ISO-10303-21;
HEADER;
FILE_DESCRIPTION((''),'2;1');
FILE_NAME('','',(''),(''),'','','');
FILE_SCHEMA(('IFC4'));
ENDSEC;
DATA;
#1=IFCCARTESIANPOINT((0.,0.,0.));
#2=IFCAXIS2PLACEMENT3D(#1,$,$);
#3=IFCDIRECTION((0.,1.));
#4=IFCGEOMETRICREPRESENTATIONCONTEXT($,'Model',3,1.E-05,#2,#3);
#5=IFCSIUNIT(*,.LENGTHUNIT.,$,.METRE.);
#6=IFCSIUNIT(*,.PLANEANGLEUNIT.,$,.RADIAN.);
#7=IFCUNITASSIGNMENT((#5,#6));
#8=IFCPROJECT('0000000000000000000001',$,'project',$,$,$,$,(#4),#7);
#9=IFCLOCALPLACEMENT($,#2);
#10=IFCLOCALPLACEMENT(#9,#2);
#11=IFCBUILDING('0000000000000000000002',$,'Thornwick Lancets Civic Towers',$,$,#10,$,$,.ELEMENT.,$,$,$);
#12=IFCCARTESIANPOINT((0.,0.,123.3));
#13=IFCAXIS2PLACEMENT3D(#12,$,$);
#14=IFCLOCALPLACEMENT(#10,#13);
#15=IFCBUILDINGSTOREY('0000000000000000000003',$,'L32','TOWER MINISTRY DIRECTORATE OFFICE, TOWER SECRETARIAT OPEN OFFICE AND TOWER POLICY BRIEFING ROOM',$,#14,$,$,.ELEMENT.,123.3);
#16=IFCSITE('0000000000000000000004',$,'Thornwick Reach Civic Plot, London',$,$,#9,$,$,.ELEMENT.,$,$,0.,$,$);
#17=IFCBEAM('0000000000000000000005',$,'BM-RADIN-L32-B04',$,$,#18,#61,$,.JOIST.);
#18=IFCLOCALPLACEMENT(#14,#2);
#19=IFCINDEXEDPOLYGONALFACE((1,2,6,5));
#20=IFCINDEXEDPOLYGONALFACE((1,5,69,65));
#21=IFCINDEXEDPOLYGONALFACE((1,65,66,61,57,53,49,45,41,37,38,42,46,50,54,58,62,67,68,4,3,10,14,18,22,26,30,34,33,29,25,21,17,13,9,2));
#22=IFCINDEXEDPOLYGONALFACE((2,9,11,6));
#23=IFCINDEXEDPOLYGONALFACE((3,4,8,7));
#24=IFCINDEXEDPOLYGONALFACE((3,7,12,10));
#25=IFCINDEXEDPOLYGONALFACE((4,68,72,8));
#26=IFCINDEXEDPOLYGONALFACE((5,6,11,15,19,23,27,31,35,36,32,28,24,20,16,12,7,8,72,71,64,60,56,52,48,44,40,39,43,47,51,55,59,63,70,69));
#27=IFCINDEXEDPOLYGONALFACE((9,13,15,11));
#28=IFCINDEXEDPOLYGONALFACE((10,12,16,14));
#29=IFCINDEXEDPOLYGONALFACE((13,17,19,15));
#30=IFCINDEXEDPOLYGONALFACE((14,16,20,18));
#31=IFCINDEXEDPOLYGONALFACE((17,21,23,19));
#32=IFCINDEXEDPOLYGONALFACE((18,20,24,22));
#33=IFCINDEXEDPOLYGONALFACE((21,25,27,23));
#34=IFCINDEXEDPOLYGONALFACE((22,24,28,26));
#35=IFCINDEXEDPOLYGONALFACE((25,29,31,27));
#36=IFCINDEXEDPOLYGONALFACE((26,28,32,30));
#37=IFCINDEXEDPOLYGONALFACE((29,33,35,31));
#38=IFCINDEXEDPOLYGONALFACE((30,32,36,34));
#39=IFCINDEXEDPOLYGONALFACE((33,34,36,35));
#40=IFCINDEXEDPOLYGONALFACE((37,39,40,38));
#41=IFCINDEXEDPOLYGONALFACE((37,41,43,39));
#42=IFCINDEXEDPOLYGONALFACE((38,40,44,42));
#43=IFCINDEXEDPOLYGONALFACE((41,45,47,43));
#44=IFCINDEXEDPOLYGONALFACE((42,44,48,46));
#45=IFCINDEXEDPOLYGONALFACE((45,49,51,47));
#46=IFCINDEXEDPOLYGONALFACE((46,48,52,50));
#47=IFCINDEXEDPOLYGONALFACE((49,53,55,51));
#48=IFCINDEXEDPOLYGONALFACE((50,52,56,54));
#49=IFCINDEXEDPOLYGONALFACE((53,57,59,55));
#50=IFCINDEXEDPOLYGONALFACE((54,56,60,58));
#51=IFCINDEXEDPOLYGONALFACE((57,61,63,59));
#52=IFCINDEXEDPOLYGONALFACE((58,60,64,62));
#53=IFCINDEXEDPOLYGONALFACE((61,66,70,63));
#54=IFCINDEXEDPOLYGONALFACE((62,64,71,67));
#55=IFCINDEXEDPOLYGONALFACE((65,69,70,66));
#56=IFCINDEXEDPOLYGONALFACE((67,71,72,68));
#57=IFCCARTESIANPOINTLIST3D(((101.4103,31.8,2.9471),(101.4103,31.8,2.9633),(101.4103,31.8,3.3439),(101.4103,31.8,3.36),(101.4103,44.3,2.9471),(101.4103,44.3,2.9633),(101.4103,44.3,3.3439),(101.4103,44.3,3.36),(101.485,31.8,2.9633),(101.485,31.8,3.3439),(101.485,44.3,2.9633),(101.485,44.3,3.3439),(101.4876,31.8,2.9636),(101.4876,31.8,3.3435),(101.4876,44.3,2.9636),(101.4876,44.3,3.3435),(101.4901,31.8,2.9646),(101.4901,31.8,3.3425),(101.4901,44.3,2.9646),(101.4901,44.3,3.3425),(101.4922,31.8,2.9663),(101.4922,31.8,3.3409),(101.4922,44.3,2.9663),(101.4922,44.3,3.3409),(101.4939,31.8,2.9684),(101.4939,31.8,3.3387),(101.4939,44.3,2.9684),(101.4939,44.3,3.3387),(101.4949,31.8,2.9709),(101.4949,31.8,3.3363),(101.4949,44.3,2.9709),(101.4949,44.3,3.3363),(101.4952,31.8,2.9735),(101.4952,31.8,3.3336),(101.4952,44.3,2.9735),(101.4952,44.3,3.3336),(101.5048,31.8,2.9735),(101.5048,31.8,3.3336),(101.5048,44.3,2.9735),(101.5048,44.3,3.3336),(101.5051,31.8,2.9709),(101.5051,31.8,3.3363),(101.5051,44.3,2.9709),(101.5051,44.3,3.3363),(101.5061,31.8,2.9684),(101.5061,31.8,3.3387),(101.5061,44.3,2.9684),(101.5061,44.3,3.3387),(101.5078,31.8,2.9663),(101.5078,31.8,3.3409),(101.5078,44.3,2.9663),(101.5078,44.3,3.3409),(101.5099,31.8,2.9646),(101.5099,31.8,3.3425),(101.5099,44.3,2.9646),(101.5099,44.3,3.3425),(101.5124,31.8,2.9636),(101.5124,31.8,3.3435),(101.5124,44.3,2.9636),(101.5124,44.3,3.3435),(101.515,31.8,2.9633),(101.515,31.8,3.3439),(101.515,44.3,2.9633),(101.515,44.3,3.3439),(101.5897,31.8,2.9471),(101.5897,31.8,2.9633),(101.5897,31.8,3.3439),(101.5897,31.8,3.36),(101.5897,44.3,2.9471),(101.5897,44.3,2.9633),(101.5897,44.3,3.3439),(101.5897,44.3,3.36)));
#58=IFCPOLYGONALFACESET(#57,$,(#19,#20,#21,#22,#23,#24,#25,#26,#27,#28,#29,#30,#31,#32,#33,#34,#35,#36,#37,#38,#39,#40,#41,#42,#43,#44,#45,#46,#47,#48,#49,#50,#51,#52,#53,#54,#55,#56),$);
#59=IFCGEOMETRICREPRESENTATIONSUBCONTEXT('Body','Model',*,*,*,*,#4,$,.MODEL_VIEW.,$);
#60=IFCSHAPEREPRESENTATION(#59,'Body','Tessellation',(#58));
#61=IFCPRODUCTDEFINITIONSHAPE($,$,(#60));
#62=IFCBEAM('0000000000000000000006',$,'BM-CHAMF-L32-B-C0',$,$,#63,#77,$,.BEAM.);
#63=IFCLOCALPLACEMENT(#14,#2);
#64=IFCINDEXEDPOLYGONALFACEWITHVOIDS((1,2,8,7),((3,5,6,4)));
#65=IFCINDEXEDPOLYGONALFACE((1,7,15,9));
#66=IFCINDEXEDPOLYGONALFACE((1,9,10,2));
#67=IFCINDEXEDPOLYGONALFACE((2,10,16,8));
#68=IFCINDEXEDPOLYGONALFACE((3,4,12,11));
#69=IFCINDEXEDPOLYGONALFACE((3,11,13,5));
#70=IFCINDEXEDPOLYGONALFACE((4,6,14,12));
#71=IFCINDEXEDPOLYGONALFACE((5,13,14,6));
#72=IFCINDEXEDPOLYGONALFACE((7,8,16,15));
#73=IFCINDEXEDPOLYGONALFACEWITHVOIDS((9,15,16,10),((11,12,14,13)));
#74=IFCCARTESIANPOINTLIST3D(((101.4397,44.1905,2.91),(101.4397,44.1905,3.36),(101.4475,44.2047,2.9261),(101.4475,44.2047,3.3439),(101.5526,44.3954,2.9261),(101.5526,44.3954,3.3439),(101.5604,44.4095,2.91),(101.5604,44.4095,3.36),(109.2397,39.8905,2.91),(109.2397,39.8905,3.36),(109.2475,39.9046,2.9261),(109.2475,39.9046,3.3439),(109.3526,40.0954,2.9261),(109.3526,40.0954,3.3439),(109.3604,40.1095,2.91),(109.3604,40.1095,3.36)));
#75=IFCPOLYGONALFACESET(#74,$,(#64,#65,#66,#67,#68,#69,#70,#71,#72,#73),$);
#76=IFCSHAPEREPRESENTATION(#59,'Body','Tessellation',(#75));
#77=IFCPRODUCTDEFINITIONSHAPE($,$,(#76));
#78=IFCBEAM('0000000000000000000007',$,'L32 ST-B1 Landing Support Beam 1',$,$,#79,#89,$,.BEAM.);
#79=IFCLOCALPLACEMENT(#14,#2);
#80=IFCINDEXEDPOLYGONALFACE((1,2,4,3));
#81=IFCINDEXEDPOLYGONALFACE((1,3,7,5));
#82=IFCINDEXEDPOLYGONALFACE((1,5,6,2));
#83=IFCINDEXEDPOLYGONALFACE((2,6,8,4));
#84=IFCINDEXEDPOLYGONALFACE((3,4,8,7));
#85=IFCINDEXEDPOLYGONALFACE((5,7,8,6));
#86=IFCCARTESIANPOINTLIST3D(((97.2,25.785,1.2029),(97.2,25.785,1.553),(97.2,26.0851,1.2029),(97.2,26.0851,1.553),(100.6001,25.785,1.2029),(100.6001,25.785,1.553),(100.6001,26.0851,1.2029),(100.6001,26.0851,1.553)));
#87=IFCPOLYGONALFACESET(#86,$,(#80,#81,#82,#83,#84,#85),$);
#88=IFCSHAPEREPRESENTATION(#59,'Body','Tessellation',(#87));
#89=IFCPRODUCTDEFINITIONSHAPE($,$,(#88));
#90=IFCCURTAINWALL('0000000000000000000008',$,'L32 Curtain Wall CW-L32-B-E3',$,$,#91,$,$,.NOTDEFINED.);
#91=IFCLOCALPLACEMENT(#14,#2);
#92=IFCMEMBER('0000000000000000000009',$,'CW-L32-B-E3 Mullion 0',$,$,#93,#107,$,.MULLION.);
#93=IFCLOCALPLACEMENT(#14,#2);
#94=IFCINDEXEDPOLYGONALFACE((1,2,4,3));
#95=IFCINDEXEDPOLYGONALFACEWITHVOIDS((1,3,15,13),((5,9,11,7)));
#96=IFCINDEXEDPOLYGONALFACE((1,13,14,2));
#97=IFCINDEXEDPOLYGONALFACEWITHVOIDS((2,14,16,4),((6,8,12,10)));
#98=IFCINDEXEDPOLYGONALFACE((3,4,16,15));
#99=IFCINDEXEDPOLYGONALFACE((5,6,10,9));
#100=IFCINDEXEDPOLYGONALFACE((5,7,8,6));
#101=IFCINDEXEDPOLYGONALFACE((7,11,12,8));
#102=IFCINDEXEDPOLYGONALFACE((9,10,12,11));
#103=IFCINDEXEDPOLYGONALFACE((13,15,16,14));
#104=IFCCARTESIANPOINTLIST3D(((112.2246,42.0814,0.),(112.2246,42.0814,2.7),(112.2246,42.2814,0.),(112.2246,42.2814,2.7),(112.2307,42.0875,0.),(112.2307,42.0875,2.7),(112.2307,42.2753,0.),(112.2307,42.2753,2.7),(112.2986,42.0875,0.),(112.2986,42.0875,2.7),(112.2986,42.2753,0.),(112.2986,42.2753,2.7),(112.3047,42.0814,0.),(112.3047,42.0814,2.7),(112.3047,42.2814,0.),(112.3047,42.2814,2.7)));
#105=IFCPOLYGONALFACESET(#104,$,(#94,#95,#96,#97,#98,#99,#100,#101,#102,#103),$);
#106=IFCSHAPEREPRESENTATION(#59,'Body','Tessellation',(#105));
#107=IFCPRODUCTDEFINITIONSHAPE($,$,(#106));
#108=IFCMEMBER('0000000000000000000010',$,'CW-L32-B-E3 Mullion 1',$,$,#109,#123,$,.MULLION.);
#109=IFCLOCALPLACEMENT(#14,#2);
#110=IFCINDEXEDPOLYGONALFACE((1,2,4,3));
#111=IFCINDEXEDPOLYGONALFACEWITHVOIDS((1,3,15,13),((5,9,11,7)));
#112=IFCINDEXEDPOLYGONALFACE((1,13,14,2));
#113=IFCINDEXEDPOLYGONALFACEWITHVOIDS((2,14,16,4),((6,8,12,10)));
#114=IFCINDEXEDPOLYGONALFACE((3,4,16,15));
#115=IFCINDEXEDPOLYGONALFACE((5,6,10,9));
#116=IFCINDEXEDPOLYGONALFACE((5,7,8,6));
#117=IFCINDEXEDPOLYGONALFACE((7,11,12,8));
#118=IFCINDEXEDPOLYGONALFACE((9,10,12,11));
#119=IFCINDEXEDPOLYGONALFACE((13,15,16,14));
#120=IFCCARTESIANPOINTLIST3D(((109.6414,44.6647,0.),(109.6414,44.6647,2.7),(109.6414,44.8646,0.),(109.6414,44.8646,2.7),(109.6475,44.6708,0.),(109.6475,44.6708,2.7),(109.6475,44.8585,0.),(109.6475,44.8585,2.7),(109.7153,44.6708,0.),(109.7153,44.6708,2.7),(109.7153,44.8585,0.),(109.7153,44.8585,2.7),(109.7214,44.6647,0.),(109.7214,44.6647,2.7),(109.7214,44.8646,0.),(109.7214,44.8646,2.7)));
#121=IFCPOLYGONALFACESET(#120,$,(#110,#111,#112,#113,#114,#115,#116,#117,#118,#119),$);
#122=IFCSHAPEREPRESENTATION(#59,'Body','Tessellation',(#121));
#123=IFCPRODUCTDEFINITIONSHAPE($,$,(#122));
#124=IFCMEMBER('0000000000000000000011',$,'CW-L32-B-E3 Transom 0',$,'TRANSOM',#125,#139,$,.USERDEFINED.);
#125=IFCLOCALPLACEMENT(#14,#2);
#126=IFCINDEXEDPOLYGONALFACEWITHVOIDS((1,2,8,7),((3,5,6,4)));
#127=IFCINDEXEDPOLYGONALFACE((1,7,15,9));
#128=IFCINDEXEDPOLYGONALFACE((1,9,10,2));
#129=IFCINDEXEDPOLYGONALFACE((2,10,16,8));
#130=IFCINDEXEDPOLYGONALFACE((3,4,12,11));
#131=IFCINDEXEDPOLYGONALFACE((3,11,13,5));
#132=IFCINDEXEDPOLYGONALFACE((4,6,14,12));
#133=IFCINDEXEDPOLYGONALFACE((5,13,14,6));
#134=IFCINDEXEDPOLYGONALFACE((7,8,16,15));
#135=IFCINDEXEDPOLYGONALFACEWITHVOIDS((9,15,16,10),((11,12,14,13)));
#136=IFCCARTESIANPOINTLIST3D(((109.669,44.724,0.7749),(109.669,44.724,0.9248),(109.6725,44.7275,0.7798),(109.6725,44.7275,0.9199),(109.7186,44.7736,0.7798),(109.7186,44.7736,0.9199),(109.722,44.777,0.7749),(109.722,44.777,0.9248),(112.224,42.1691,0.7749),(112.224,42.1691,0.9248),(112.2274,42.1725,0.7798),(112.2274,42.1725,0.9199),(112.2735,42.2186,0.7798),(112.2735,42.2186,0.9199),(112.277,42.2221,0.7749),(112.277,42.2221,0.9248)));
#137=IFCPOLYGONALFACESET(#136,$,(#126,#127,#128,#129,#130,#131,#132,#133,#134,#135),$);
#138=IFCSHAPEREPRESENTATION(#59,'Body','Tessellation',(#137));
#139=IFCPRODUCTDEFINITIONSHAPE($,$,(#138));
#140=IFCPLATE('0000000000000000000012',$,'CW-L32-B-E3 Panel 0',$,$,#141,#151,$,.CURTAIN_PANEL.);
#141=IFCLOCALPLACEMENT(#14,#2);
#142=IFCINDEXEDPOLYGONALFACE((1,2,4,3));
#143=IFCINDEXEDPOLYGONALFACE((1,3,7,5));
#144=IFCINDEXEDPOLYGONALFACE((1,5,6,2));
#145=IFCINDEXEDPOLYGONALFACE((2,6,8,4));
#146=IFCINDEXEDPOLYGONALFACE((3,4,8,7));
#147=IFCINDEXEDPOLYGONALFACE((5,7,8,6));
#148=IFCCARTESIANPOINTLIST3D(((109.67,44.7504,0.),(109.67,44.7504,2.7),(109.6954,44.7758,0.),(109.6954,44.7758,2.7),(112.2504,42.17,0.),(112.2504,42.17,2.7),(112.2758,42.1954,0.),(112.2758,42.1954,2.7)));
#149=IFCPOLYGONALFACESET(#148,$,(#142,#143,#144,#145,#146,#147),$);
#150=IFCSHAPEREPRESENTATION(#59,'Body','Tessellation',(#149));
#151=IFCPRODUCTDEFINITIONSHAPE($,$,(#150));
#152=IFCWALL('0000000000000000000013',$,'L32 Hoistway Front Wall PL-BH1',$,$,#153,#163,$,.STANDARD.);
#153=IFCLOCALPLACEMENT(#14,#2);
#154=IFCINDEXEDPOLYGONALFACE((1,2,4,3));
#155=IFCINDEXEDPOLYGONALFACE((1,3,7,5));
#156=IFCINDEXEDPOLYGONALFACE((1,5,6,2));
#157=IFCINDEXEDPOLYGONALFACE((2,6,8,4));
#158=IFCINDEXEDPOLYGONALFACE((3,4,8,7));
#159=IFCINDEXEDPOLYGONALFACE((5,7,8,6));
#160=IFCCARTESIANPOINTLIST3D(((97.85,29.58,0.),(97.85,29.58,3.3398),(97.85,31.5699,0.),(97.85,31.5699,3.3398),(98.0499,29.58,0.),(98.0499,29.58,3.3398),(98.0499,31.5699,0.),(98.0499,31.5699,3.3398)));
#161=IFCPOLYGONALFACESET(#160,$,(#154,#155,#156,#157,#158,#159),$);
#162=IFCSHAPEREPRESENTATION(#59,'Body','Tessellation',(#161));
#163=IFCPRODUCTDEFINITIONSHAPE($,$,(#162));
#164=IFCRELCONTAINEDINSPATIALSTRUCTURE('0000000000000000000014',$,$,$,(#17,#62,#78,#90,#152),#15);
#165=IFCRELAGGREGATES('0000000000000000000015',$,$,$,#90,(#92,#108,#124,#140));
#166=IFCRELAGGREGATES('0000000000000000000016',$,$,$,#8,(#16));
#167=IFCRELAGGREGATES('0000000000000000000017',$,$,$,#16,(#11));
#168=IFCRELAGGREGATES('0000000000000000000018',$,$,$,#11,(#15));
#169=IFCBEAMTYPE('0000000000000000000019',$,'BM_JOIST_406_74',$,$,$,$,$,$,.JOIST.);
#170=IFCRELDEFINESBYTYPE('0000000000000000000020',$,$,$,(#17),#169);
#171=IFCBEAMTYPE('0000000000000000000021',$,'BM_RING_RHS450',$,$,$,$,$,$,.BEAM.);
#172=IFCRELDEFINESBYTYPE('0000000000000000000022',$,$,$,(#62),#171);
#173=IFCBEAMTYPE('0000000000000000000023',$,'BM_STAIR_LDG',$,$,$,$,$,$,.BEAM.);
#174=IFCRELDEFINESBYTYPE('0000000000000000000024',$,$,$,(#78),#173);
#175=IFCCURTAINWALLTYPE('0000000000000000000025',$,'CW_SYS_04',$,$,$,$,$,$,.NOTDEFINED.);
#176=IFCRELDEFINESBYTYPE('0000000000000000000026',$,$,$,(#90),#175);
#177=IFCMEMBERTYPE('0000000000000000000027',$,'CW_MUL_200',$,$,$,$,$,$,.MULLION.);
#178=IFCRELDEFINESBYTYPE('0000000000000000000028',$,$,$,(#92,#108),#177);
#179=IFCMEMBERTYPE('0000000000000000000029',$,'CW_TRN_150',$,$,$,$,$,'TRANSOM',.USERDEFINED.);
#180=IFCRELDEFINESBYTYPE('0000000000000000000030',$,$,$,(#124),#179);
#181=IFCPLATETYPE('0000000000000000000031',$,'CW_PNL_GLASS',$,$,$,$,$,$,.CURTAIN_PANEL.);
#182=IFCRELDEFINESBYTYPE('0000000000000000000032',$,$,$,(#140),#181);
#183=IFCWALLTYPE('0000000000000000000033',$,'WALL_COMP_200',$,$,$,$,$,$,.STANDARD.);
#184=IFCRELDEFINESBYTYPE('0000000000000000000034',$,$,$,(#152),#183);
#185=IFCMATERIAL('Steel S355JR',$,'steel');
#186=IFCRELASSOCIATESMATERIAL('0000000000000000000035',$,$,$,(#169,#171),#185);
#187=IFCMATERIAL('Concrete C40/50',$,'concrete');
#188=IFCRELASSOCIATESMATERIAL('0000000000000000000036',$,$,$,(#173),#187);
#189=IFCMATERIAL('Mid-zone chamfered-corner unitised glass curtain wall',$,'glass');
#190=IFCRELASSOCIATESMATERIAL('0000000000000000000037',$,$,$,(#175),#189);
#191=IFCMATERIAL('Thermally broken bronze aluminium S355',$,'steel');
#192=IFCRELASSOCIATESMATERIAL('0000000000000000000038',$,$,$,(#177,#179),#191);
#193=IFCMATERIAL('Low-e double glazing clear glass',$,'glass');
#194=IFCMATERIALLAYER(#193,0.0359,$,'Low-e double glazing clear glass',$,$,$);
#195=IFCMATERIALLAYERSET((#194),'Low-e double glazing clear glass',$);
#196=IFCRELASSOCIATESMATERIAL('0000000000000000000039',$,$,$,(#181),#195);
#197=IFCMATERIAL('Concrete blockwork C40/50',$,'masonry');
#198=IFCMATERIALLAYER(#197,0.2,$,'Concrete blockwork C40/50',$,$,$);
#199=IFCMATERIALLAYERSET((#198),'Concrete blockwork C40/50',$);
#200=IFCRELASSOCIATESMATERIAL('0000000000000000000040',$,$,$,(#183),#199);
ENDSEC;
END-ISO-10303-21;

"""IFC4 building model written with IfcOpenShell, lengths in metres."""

from ifc_helpers import new_model, si_unit, direction, frame, frame_2d, origin, origin_2d, place, context, subcontext, project, spatial, rectangle, hollow_rectangle, i_section, extrude, material, layer, layer_set, material_profile, profile_set, type_object, element, aggregate, save


model = new_model("IFC4")

# Units and contexts
model_context = context("Model", 3, precision=1e-05, world=origin(), true_north=direction((0.0, 1.0)))
body_context = subcontext(model_context, "Body", "Model", "MODEL_VIEW")
ifc_project = project(units=[si_unit("LENGTHUNIT", "METRE"), si_unit("PLANEANGLEUNIT", "RADIAN")], contexts=[model_context])

# Site, building, storey
site_placement = place(None, origin())
site = spatial("IfcSite", under=ifc_project, at=site_placement, Name="Thornwick Reach Civic Plot, London", CompositionType="ELEMENT", RefElevation=0.0)
building_placement = place(site_placement, origin())
building = spatial("IfcBuilding", under=site, at=building_placement, Name="Thornwick Lancets Civic Towers", CompositionType="ELEMENT")
storey_placement = place(building_placement, frame((0.0, 0.0, 123.3)))
storey = spatial("IfcBuildingStorey", under=building, at=storey_placement, Name="L32", Description="TOWER MINISTRY DIRECTORATE OFFICE, TOWER SECRETARIAT OPEN OFFICE AND TOWER POLICY BRIEFING ROOM", CompositionType="ELEMENT", Elevation=123.3)

# Beams
ifc_material_1 = material(Name="Steel S355JR", Category="steel")
ifc_material_profile_1 = material_profile(ifc_material_1, i_section(OverallWidth=0.1794, OverallDepth=0.4128, WebThickness=0.0095, FlangeThickness=0.0161, FilletRadius=0.0103, at=origin_2d()), Name="UKB 406x178x74")
ifc_profile_set_1 = profile_set([ifc_material_profile_1], Name="Steel S355JR")
beam_type_1 = type_object("IfcBeamType", Name="BM_JOIST_406_74", PredefinedType="JOIST", material=ifc_profile_set_1)
beam_1_placement = place(storey_placement, frame((101.5, 31.8, 3.1536), z_axis=(0.0, 1.0, 0.0), x_axis=(-1.0, 0.0, 0.0)))
element("IfcBeam", 1, at=beam_1_placement, inside=storey, type_object=beam_type_1, Name="BM-RADIN-L32-B04", PredefinedType="JOIST", context=body_context, shape_type="SweptSolid", body=[
    extrude(i_section(OverallWidth=0.1794, OverallDepth=0.4128, WebThickness=0.0095, FlangeThickness=0.0161, FilletRadius=0.0103, at=origin_2d()), origin(), (0.0, 0.0, 1.0), 12.5),
])
ifc_material_profile_2 = material_profile(ifc_material_1, hollow_rectangle(XDim=0.25, YDim=0.45, WallThickness=0.0161, at=origin_2d()), Name="RHS 450x250x16")
ifc_profile_set_2 = profile_set([ifc_material_profile_2], Name="Steel S355JR")
beam_type_2 = type_object("IfcBeamType", Name="BM_RING_RHS450", PredefinedType="BEAM", material=ifc_profile_set_2)
beam_2_placement = place(storey_placement, frame((109.3, 40.0, 3.135), z_axis=(-0.87574, 0.482782, 0.0), x_axis=(-0.482782, -0.87574, 0.0)))
element("IfcBeam", 2, at=beam_2_placement, inside=storey, type_object=beam_type_2, Name="BM-CHAMF-L32-B-C0", PredefinedType="BEAM", context=body_context, shape_type="SweptSolid", body=[
    extrude(hollow_rectangle(XDim=0.25, YDim=0.45, WallThickness=0.0161, at=origin_2d()), origin(), (0.0, 0.0, 1.0), 8.9067),
])
ifc_material_2 = material(Name="Concrete C40/50", Category="concrete")
ifc_material_profile_3 = material_profile(ifc_material_2, rectangle(XDim=0.3, YDim=0.3501, at=origin_2d()), Name="RC 300x350")
ifc_profile_set_3 = profile_set([ifc_material_profile_3], Name="Concrete C40/50")
beam_type_3 = type_object("IfcBeamType", Name="BM_STAIR_LDG", PredefinedType="BEAM", material=ifc_profile_set_3)
beam_3_placement = place(storey_placement, frame((100.6001, 25.9351, 1.3779), z_axis=(-1.0, 0.0, 0.0), x_axis=(0.0, -1.0, 0.0)))
element("IfcBeam", 3, at=beam_3_placement, inside=storey, type_object=beam_type_3, Name="L32 ST-B1 Landing Support Beam 1", PredefinedType="BEAM", context=body_context, shape_type="SweptSolid", body=[
    extrude(rectangle(XDim=0.3, YDim=0.3501, at=origin_2d()), origin(), (0.0, 0.0, 1.0), 3.4001),
])

# Curtain wall, members, plate
ifc_material_3 = material(Name="Mid-zone chamfered-corner unitised glass curtain wall", Category="glass")
curtain_wall_type = type_object("IfcCurtainWallType", Name="CW_SYS_04", PredefinedType="NOTDEFINED", material=ifc_material_3)
curtain_wall_placement = place(storey_placement, origin())
curtain_wall = element("IfcCurtainWall", 4, at=curtain_wall_placement, inside=storey, type_object=curtain_wall_type, Name="L32 Curtain Wall CW-L32-B-E3", PredefinedType="NOTDEFINED")
ifc_material_4 = material(Name="Thermally broken bronze aluminium S355", Category="steel")
ifc_material_profile_4 = material_profile(ifc_material_4, hollow_rectangle(XDim=0.0801, YDim=0.2, WallThickness=0.0061, at=origin_2d()), Name="RHS 200x80x6")
ifc_profile_set_4 = profile_set([ifc_material_profile_4], Name="Thermally broken bronze aluminium S355")
member_type_1 = type_object("IfcMemberType", Name="CW_MUL_200", PredefinedType="MULLION", material=ifc_profile_set_4)
member_1_placement = place(storey_placement, frame((112.2646, 42.1814, 0.0), z_axis=(0.0, 0.0, 1.0), x_axis=(1.0, 0.0, 0.0)))
member_1 = element("IfcMember", 5, at=member_1_placement, type_object=member_type_1, Name="CW-L32-B-E3 Mullion 0", PredefinedType="MULLION", context=body_context, shape_type="SweptSolid", body=[
    extrude(hollow_rectangle(XDim=0.0801, YDim=0.2, WallThickness=0.0061, at=origin_2d()), origin(), (0.0, 0.0, 1.0), 2.7),
])
member_2_placement = place(storey_placement, frame((109.6814, 44.7646, 0.0), z_axis=(0.0, 0.0, 1.0), x_axis=(1.0, 0.0, 0.0)))
member_2 = element("IfcMember", 6, at=member_2_placement, type_object=member_type_1, Name="CW-L32-B-E3 Mullion 1", PredefinedType="MULLION", context=body_context, shape_type="SweptSolid", body=[
    extrude(hollow_rectangle(XDim=0.0801, YDim=0.2, WallThickness=0.0061, at=origin_2d()), origin(), (0.0, 0.0, 1.0), 2.7),
])
ifc_material_profile_5 = material_profile(ifc_material_4, hollow_rectangle(XDim=0.075, YDim=0.1499, WallThickness=0.0049, at=origin_2d()), Name="RHS 150x75x5")
ifc_profile_set_5 = profile_set([ifc_material_profile_5], Name="Thermally broken bronze aluminium S355")
member_type_2 = type_object("IfcMemberType", Name="CW_TRN_150", ElementType="TRANSOM", PredefinedType="USERDEFINED", material=ifc_profile_set_5)
member_3_placement = place(storey_placement, frame((112.2505, 42.1956, 0.8499), z_axis=(-0.707107, 0.707107, 0.0), x_axis=(-0.707107, -0.707107, 0.0)))
member_3 = element("IfcMember", 7, at=member_3_placement, type_object=member_type_2, Name="CW-L32-B-E3 Transom 0", ObjectType="TRANSOM", PredefinedType="USERDEFINED", context=body_context, shape_type="SweptSolid", body=[
    extrude(hollow_rectangle(XDim=0.075, YDim=0.1499, WallThickness=0.0049, at=origin_2d()), origin(), (0.0, 0.0, 1.0), 3.6133),
])
ifc_material_5 = material(Name="Low-e double glazing clear glass", Category="glass")
ifc_layer_1 = layer(ifc_material_5, 0.0359, Name="Low-e double glazing clear glass")
ifc_layer_set_1 = layer_set([ifc_layer_1], Name="Low-e double glazing clear glass")
plate_type = type_object("IfcPlateType", Name="CW_PNL_GLASS", PredefinedType="CURTAIN_PANEL", material=ifc_layer_set_1)
plate_placement = place(storey_placement, frame((110.9729, 43.4729, 0.0), z_axis=(0.0, 0.0, 1.0), x_axis=(-0.707107, 0.707107, 0.0)))
plate = element("IfcPlate", 8, at=plate_placement, type_object=plate_type, Name="CW-L32-B-E3 Panel 0", PredefinedType="CURTAIN_PANEL", context=body_context, shape_type="SweptSolid", body=[
    extrude(rectangle(XDim=3.6492, YDim=0.0359, at=origin_2d()), origin(), (0.0, 0.0, 1.0), 2.7),
])
aggregate(curtain_wall, [member_1, member_2, member_3, plate])

# Wall
ifc_material_6 = material(Name="Concrete blockwork C40/50", Category="masonry")
ifc_layer_2 = layer(ifc_material_6, 0.2, Name="Concrete blockwork C40/50")
ifc_layer_set_2 = layer_set([ifc_layer_2], Name="Concrete blockwork C40/50")
wall_type_1 = type_object("IfcWallType", Name="WALL_COMP_200", PredefinedType="STANDARD", material=ifc_layer_set_2)
wall_1_placement = place(storey_placement, frame((97.95, 31.5701, 0.0), z_axis=(0.0, 0.0, 1.0), x_axis=(0.0, -1.0, 0.0)))
element("IfcWall", 9, at=wall_1_placement, inside=storey, type_object=wall_type_1, Name="L32 Hoistway Front Wall PL-BH1", PredefinedType="STANDARD", context=body_context, shape_type="SweptSolid", body=[
    extrude(rectangle(XDim=1.99, YDim=0.2, at=frame_2d((0.9951, 0.0))), origin(), (0.0, 0.0, 1.0), 3.3398),
])

save(model, "model.ifc")
